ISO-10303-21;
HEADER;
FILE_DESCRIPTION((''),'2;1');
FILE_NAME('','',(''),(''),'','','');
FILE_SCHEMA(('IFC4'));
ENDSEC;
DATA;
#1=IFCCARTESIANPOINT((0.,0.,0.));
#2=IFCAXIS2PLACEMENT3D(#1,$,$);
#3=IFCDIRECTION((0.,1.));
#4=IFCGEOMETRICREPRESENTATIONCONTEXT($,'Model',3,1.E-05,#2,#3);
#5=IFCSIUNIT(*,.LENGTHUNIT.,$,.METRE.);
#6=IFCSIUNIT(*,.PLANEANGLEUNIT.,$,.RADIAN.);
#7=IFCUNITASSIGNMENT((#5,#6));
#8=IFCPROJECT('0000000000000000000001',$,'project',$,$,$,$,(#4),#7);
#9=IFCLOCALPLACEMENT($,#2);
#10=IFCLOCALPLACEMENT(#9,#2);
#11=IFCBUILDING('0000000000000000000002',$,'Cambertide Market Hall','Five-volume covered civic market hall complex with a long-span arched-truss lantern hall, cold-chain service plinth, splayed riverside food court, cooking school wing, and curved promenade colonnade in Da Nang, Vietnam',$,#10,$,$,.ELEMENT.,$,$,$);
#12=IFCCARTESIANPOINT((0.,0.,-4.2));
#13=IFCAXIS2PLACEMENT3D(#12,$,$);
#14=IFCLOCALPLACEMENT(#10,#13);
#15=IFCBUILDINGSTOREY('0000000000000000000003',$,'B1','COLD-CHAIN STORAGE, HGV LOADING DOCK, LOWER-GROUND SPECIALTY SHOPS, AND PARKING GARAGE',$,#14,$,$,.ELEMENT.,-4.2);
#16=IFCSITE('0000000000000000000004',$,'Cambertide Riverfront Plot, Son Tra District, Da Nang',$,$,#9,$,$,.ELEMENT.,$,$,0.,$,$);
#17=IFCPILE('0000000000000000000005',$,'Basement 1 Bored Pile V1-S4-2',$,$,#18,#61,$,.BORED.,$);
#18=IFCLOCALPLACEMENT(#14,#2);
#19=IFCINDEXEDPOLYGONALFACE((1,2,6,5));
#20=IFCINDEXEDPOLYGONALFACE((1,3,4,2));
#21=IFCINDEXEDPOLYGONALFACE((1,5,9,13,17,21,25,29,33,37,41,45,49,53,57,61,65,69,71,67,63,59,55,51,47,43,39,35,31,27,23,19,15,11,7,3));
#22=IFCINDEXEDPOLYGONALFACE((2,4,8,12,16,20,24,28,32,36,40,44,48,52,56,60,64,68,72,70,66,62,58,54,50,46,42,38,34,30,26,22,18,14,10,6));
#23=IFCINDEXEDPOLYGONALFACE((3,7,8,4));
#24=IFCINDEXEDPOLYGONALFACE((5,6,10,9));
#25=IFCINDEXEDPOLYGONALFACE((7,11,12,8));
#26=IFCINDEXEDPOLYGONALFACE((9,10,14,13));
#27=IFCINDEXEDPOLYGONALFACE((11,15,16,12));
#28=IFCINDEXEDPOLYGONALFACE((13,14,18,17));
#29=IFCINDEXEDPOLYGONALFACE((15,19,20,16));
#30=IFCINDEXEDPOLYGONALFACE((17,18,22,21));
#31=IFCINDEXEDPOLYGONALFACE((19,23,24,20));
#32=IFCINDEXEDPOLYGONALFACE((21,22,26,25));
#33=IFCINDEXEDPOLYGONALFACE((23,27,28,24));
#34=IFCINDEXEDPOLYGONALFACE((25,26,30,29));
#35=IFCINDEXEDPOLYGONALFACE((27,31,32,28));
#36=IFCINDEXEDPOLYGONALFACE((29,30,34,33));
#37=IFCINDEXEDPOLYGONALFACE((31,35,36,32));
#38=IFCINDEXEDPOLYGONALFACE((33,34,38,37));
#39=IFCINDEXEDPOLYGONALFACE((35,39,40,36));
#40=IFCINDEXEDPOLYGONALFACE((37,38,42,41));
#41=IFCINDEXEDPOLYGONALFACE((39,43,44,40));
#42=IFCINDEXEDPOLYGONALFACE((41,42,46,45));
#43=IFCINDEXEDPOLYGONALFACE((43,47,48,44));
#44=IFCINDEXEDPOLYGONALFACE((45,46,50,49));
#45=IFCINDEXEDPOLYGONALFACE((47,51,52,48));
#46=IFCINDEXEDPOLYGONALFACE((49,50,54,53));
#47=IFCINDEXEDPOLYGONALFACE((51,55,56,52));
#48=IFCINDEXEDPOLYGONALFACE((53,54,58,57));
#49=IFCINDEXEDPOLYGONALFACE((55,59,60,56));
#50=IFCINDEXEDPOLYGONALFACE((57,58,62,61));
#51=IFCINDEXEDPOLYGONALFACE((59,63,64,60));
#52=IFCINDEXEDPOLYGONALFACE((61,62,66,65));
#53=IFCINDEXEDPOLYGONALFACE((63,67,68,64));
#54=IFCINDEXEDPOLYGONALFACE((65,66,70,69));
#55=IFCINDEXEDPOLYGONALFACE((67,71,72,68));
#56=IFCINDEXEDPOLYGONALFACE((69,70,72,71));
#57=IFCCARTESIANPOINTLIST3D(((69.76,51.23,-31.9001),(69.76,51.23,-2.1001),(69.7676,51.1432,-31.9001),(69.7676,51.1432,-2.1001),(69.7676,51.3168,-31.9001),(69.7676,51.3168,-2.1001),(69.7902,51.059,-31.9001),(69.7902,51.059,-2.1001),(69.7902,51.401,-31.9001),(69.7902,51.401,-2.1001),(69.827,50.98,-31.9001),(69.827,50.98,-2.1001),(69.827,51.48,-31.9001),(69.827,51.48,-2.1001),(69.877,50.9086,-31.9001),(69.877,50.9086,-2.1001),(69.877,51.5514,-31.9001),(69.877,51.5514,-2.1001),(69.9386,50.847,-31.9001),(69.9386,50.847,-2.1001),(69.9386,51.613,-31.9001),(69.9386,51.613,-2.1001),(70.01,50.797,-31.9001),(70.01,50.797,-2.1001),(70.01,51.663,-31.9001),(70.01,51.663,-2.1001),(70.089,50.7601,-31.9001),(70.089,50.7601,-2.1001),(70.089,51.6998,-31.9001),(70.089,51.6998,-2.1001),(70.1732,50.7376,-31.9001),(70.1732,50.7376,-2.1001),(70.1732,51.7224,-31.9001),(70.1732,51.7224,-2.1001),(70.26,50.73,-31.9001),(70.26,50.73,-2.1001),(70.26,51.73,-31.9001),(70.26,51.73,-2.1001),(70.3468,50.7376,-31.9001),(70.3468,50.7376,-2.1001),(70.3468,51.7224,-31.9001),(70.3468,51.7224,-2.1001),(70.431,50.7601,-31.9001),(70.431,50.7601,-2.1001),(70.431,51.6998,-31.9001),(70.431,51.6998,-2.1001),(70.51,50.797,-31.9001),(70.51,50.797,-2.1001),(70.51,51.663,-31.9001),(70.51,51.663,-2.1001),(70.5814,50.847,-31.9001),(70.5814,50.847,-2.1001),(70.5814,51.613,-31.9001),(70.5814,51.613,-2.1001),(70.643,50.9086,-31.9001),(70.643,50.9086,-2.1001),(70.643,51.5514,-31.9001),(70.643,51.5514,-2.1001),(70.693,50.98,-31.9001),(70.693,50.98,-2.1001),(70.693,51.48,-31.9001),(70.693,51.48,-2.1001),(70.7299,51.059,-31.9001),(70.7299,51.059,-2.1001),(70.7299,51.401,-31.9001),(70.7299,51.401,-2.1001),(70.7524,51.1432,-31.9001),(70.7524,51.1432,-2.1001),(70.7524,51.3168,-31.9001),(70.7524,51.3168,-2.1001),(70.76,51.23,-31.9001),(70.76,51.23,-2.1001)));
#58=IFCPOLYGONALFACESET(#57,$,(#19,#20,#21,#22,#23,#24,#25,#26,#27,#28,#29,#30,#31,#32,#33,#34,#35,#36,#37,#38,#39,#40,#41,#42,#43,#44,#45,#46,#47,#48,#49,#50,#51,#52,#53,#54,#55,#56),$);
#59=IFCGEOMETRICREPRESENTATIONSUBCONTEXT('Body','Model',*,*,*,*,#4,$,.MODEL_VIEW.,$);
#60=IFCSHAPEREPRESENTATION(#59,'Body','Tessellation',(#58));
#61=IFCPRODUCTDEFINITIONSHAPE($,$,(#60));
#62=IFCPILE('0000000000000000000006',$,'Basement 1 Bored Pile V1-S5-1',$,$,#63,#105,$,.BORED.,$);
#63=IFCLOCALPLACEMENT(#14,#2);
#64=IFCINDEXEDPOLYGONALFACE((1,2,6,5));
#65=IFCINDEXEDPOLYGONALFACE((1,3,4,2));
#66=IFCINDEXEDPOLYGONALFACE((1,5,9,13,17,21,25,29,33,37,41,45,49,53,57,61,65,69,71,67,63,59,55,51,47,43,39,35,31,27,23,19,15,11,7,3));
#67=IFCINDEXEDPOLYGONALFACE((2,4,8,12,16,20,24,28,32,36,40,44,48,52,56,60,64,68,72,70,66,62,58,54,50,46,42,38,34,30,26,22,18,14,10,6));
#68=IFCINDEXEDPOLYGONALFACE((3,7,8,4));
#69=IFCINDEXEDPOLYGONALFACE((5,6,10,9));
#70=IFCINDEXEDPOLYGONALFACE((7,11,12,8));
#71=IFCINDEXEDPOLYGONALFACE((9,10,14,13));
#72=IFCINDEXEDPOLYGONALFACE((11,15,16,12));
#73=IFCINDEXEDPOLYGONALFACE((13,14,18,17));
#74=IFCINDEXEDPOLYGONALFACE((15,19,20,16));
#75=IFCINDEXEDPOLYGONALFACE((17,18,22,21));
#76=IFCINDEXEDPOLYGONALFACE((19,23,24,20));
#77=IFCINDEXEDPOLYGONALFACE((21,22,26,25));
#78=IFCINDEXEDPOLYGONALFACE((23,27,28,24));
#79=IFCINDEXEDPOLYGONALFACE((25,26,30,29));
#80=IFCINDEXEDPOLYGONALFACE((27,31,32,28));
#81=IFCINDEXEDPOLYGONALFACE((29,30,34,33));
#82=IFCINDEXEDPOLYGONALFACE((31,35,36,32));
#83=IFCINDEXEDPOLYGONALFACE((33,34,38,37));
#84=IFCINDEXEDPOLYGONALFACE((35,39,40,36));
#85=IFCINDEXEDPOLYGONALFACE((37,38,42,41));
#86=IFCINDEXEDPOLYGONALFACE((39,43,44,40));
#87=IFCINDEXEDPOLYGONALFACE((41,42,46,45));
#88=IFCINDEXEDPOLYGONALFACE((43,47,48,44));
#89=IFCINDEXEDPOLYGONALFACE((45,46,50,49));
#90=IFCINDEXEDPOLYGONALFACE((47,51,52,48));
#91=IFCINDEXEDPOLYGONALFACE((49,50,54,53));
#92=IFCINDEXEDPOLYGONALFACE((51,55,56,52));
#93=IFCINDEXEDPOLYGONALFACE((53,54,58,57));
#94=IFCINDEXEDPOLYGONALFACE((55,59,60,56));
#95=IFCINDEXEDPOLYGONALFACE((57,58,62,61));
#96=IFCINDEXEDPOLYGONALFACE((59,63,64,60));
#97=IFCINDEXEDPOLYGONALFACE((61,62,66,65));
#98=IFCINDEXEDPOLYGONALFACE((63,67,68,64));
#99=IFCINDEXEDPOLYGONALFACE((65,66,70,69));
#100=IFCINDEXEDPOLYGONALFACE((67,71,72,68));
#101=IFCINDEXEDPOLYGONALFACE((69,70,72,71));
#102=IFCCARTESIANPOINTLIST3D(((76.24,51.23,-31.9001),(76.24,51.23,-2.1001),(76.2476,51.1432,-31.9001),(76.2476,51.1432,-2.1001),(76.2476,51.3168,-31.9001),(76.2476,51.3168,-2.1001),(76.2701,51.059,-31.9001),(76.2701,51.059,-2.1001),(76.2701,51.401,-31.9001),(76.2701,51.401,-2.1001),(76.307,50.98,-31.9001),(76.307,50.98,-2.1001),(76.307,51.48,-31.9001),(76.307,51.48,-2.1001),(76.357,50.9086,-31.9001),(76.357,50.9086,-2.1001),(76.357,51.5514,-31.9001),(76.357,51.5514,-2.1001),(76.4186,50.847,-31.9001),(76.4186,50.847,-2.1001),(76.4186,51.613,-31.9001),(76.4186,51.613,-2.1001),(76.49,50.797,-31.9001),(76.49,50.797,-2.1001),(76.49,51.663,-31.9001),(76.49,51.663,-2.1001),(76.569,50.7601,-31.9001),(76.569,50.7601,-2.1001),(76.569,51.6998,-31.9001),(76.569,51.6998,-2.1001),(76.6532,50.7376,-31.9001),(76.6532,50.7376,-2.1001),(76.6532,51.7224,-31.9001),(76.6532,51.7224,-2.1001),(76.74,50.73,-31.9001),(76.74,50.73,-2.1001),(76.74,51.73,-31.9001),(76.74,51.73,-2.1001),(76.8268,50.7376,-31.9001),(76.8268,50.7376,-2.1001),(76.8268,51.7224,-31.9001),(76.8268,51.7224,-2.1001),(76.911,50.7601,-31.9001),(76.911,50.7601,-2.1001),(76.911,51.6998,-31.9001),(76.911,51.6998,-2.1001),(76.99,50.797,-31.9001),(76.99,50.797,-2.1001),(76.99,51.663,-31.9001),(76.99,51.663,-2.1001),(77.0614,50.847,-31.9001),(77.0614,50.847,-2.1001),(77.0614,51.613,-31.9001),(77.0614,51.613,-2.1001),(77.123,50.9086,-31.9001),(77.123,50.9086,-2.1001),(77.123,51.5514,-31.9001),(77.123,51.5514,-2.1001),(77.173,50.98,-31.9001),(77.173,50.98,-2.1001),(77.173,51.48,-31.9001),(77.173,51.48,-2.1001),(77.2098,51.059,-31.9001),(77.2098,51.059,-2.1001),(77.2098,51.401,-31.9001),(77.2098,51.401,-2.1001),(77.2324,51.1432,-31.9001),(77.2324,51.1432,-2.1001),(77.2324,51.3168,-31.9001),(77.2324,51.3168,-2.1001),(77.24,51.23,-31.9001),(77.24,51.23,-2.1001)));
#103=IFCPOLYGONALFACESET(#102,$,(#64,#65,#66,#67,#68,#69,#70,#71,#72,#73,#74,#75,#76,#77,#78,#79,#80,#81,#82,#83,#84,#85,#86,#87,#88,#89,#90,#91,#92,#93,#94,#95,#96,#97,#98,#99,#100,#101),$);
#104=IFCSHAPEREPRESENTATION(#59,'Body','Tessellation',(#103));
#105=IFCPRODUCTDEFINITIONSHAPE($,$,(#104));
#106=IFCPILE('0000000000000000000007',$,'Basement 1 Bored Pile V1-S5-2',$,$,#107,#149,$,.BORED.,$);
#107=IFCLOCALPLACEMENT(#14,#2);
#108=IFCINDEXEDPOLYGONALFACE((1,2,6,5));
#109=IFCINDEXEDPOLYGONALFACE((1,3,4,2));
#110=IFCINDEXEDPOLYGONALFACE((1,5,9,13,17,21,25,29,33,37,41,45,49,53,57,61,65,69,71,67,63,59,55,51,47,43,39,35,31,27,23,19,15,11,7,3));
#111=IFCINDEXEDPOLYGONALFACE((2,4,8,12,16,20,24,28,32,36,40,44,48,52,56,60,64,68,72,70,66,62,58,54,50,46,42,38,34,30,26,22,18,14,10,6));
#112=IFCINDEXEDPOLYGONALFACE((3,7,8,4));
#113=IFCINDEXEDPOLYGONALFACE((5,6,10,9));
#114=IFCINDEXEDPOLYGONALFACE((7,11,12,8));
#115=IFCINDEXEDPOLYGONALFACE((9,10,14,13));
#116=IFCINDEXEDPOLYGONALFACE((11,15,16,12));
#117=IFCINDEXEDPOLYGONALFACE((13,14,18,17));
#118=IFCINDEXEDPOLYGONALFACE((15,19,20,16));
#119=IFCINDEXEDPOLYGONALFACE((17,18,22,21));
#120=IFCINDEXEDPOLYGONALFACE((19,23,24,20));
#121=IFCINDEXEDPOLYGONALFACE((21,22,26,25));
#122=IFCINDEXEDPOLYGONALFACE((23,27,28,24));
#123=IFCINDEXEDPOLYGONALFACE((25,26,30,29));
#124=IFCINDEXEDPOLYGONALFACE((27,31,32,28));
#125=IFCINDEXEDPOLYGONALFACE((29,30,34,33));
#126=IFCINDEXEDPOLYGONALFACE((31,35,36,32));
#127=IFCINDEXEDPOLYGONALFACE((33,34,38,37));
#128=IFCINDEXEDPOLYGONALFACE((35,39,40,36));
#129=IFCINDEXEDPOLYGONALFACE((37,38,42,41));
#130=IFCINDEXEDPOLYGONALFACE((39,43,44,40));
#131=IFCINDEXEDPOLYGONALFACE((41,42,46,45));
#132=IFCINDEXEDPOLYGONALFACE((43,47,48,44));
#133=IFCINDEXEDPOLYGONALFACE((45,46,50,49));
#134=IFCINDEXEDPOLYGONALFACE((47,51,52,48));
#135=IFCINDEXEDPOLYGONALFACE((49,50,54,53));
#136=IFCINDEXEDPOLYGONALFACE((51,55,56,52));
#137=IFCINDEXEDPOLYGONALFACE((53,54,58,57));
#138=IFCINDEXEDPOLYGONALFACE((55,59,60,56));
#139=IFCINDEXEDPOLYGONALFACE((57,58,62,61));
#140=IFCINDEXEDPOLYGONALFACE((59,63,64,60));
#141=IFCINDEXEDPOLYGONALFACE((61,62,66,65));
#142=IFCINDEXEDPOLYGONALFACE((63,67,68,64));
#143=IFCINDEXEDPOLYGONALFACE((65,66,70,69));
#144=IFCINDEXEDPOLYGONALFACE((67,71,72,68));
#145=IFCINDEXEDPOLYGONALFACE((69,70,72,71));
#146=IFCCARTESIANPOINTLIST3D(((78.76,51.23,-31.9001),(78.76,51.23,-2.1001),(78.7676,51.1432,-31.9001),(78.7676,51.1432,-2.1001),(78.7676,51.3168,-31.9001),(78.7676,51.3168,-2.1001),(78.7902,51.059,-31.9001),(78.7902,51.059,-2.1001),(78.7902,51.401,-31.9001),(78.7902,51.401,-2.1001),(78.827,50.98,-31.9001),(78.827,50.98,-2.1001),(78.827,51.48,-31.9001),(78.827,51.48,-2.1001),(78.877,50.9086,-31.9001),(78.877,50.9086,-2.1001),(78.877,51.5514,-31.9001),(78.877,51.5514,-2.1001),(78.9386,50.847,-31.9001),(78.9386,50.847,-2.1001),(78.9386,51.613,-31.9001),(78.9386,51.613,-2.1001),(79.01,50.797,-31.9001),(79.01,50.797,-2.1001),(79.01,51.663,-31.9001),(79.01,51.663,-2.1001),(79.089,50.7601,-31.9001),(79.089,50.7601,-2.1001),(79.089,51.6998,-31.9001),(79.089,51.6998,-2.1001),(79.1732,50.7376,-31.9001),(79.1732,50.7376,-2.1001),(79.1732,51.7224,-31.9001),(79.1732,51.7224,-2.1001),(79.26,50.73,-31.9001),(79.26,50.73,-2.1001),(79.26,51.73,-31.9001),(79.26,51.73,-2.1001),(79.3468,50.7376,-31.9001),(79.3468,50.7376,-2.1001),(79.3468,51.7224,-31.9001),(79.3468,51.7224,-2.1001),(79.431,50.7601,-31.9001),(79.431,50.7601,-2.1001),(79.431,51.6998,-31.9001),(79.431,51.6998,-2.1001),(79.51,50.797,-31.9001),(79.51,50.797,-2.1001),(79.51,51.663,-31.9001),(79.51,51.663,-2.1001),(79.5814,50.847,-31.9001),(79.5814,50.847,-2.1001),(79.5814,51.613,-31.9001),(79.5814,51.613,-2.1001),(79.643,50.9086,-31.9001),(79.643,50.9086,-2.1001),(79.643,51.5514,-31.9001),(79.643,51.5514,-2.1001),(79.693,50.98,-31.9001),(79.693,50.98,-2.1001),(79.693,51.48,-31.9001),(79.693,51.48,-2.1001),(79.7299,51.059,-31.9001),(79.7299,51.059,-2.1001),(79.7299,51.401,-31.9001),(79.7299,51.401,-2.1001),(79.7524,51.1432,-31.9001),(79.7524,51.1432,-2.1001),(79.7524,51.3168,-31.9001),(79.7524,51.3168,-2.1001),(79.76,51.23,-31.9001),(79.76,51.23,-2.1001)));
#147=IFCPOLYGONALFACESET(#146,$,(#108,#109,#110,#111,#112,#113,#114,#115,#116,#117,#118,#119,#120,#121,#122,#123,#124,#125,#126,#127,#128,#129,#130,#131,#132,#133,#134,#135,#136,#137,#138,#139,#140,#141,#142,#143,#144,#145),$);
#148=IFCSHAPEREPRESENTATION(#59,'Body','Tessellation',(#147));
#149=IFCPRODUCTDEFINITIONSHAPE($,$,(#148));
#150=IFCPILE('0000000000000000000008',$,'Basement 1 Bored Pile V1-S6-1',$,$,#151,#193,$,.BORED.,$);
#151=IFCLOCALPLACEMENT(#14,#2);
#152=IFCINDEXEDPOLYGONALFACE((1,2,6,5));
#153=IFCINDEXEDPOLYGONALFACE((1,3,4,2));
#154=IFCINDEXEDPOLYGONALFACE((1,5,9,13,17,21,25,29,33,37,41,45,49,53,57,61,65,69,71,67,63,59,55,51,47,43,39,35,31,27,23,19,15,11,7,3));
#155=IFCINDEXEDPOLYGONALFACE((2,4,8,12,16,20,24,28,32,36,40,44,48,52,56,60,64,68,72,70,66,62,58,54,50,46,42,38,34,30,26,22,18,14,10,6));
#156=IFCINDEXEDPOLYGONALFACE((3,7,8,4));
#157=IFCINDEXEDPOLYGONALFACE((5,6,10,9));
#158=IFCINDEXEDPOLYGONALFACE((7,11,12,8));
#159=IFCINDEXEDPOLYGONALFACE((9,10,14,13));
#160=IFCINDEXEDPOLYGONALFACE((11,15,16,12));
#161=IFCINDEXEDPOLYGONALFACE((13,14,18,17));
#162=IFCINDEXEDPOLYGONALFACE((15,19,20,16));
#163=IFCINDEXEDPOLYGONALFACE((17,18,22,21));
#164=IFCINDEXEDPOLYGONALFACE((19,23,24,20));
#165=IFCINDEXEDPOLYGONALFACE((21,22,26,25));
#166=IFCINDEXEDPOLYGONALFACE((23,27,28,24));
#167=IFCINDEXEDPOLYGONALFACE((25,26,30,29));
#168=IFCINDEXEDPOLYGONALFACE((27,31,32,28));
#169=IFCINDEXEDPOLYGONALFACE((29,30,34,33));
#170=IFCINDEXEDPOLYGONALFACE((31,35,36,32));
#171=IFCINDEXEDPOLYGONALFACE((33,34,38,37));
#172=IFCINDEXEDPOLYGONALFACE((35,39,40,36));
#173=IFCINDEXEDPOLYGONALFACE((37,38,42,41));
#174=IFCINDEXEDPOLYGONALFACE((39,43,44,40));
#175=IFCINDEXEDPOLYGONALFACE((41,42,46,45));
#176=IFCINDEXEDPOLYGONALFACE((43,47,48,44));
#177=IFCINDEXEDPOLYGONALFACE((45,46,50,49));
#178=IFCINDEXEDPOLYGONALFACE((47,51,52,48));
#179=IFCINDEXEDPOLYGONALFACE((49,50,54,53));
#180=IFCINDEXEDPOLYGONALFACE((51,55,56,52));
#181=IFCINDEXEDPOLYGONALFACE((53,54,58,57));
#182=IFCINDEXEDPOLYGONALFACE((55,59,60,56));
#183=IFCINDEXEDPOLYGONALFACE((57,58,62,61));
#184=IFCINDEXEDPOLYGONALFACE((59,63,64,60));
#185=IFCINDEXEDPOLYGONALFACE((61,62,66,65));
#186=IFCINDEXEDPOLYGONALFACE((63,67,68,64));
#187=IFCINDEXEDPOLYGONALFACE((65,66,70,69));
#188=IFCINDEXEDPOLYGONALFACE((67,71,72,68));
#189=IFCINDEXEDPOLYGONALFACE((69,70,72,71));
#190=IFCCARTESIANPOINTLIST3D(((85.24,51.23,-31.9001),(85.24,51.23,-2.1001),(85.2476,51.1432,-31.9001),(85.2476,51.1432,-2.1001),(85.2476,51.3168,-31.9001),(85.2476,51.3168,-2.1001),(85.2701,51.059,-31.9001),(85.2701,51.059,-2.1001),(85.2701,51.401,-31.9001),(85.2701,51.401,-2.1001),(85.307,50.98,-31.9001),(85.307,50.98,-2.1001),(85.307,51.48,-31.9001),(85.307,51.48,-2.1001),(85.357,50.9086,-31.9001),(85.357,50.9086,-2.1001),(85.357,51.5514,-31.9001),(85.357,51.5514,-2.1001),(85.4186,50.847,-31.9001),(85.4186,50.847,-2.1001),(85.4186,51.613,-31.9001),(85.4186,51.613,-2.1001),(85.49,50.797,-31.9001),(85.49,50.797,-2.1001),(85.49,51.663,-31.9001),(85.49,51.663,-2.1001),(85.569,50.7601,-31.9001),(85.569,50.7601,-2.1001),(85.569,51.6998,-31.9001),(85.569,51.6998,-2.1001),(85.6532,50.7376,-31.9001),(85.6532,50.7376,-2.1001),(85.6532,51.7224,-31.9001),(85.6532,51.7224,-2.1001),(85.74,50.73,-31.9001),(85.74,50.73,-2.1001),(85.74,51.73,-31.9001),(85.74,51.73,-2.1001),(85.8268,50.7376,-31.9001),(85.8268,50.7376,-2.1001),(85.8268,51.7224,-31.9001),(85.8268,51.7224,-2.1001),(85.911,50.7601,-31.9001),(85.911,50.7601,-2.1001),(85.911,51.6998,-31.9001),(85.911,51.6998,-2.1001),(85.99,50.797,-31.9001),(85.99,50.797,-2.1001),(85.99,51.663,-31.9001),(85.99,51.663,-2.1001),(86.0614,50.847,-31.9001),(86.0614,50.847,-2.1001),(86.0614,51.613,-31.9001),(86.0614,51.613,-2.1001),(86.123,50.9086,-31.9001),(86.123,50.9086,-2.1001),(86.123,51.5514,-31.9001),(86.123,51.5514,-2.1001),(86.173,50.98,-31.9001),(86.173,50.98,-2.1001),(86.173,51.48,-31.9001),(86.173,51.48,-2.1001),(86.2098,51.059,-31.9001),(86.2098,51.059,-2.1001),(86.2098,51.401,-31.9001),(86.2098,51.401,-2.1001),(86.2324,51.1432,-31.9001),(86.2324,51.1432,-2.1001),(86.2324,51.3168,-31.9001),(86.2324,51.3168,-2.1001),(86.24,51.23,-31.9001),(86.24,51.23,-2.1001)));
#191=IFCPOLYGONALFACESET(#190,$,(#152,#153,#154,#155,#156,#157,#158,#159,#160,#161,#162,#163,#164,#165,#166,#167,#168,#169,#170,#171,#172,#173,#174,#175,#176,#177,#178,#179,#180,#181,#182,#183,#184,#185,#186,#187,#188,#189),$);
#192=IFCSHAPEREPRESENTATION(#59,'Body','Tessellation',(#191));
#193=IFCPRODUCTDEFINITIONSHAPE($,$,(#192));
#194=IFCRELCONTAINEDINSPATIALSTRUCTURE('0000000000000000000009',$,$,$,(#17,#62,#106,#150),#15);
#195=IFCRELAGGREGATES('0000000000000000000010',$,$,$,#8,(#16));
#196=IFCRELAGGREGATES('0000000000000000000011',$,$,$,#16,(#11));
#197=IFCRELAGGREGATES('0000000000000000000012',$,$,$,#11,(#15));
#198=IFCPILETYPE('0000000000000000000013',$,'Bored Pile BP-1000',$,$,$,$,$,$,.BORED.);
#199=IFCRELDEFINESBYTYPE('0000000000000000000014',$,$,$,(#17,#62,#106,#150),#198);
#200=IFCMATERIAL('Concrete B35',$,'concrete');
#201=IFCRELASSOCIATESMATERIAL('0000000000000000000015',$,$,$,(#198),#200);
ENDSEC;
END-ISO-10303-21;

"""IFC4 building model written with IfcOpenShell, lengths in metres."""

from ifc_helpers import new_model, si_unit, direction, frame, origin, origin_2d, place, context, subcontext, project, spatial, circle, extrude, material, material_profile, profile_set, type_object, element, save


model = new_model("IFC4")

# Units and contexts
model_context = context("Model", 3, precision=1e-05, world=origin(), true_north=direction((0.0, 1.0)))
body_context = subcontext(model_context, "Body", "Model", "MODEL_VIEW")
ifc_project = project(units=[si_unit("LENGTHUNIT", "METRE"), si_unit("PLANEANGLEUNIT", "RADIAN")], contexts=[model_context])

# Site, building, storey
site_placement = place(None, origin())
site = spatial("IfcSite", under=ifc_project, at=site_placement, Name="Cambertide Riverfront Plot, Son Tra District, Da Nang", CompositionType="ELEMENT", RefElevation=0.0)
building_placement = place(site_placement, origin())
building = spatial("IfcBuilding", under=site, at=building_placement, Name="Cambertide Market Hall", Description="Five-volume covered civic market hall complex with a long-span arched-truss lantern hall, cold-chain service plinth, splayed riverside food court, cooking school wing, and curved promenade colonnade in Da Nang, Vietnam", CompositionType="ELEMENT")
storey_placement = place(building_placement, frame((0.0, 0.0, -4.2)))
storey = spatial("IfcBuildingStorey", under=building, at=storey_placement, Name="B1", Description="COLD-CHAIN STORAGE, HGV LOADING DOCK, LOWER-GROUND SPECIALTY SHOPS, AND PARKING GARAGE", CompositionType="ELEMENT", Elevation=-4.2)

# Piles
ifc_material_1 = material(Name="Concrete B35", Category="concrete")
ifc_material_profile_1 = material_profile(ifc_material_1, circle(Radius=0.5, at=origin_2d()), Name="BP D1000")
ifc_profile_set_1 = profile_set([ifc_material_profile_1], Name="Concrete B35")
pile_type_1 = type_object("IfcPileType", Name="Bored Pile BP-1000", PredefinedType="BORED", material=ifc_profile_set_1)
for number, where, z_axis, x_axis, name in (
    (1, (70.26, 51.23, -2.1001), (0.0, 0.0, -1.0), (1.0, 0.0, 0.0), "Basement 1 Bored Pile V1-S4-2"),
    (2, (76.74, 51.23, -2.1001), (0.0, 0.0, -1.0), (1.0, 0.0, 0.0), "Basement 1 Bored Pile V1-S5-1"),
    (3, (79.26, 51.23, -2.1001), (0.0, 0.0, -1.0), (1.0, 0.0, 0.0), "Basement 1 Bored Pile V1-S5-2"),
    (4, (85.74, 51.23, -2.1001), (0.0, 0.0, -1.0), (1.0, 0.0, 0.0), "Basement 1 Bored Pile V1-S6-1"),
):
    element("IfcPile", number, at=place(storey_placement, frame(where, z_axis=z_axis, x_axis=x_axis)), inside=storey, type_object=pile_type_1, Name=name, PredefinedType="BORED", context=body_context, shape_type="SweptSolid", body=[
        extrude(circle(Radius=0.5, at=origin_2d()), origin(), (0.0, 0.0, 1.0), 29.8),
    ])

save(model, "model.ifc")
